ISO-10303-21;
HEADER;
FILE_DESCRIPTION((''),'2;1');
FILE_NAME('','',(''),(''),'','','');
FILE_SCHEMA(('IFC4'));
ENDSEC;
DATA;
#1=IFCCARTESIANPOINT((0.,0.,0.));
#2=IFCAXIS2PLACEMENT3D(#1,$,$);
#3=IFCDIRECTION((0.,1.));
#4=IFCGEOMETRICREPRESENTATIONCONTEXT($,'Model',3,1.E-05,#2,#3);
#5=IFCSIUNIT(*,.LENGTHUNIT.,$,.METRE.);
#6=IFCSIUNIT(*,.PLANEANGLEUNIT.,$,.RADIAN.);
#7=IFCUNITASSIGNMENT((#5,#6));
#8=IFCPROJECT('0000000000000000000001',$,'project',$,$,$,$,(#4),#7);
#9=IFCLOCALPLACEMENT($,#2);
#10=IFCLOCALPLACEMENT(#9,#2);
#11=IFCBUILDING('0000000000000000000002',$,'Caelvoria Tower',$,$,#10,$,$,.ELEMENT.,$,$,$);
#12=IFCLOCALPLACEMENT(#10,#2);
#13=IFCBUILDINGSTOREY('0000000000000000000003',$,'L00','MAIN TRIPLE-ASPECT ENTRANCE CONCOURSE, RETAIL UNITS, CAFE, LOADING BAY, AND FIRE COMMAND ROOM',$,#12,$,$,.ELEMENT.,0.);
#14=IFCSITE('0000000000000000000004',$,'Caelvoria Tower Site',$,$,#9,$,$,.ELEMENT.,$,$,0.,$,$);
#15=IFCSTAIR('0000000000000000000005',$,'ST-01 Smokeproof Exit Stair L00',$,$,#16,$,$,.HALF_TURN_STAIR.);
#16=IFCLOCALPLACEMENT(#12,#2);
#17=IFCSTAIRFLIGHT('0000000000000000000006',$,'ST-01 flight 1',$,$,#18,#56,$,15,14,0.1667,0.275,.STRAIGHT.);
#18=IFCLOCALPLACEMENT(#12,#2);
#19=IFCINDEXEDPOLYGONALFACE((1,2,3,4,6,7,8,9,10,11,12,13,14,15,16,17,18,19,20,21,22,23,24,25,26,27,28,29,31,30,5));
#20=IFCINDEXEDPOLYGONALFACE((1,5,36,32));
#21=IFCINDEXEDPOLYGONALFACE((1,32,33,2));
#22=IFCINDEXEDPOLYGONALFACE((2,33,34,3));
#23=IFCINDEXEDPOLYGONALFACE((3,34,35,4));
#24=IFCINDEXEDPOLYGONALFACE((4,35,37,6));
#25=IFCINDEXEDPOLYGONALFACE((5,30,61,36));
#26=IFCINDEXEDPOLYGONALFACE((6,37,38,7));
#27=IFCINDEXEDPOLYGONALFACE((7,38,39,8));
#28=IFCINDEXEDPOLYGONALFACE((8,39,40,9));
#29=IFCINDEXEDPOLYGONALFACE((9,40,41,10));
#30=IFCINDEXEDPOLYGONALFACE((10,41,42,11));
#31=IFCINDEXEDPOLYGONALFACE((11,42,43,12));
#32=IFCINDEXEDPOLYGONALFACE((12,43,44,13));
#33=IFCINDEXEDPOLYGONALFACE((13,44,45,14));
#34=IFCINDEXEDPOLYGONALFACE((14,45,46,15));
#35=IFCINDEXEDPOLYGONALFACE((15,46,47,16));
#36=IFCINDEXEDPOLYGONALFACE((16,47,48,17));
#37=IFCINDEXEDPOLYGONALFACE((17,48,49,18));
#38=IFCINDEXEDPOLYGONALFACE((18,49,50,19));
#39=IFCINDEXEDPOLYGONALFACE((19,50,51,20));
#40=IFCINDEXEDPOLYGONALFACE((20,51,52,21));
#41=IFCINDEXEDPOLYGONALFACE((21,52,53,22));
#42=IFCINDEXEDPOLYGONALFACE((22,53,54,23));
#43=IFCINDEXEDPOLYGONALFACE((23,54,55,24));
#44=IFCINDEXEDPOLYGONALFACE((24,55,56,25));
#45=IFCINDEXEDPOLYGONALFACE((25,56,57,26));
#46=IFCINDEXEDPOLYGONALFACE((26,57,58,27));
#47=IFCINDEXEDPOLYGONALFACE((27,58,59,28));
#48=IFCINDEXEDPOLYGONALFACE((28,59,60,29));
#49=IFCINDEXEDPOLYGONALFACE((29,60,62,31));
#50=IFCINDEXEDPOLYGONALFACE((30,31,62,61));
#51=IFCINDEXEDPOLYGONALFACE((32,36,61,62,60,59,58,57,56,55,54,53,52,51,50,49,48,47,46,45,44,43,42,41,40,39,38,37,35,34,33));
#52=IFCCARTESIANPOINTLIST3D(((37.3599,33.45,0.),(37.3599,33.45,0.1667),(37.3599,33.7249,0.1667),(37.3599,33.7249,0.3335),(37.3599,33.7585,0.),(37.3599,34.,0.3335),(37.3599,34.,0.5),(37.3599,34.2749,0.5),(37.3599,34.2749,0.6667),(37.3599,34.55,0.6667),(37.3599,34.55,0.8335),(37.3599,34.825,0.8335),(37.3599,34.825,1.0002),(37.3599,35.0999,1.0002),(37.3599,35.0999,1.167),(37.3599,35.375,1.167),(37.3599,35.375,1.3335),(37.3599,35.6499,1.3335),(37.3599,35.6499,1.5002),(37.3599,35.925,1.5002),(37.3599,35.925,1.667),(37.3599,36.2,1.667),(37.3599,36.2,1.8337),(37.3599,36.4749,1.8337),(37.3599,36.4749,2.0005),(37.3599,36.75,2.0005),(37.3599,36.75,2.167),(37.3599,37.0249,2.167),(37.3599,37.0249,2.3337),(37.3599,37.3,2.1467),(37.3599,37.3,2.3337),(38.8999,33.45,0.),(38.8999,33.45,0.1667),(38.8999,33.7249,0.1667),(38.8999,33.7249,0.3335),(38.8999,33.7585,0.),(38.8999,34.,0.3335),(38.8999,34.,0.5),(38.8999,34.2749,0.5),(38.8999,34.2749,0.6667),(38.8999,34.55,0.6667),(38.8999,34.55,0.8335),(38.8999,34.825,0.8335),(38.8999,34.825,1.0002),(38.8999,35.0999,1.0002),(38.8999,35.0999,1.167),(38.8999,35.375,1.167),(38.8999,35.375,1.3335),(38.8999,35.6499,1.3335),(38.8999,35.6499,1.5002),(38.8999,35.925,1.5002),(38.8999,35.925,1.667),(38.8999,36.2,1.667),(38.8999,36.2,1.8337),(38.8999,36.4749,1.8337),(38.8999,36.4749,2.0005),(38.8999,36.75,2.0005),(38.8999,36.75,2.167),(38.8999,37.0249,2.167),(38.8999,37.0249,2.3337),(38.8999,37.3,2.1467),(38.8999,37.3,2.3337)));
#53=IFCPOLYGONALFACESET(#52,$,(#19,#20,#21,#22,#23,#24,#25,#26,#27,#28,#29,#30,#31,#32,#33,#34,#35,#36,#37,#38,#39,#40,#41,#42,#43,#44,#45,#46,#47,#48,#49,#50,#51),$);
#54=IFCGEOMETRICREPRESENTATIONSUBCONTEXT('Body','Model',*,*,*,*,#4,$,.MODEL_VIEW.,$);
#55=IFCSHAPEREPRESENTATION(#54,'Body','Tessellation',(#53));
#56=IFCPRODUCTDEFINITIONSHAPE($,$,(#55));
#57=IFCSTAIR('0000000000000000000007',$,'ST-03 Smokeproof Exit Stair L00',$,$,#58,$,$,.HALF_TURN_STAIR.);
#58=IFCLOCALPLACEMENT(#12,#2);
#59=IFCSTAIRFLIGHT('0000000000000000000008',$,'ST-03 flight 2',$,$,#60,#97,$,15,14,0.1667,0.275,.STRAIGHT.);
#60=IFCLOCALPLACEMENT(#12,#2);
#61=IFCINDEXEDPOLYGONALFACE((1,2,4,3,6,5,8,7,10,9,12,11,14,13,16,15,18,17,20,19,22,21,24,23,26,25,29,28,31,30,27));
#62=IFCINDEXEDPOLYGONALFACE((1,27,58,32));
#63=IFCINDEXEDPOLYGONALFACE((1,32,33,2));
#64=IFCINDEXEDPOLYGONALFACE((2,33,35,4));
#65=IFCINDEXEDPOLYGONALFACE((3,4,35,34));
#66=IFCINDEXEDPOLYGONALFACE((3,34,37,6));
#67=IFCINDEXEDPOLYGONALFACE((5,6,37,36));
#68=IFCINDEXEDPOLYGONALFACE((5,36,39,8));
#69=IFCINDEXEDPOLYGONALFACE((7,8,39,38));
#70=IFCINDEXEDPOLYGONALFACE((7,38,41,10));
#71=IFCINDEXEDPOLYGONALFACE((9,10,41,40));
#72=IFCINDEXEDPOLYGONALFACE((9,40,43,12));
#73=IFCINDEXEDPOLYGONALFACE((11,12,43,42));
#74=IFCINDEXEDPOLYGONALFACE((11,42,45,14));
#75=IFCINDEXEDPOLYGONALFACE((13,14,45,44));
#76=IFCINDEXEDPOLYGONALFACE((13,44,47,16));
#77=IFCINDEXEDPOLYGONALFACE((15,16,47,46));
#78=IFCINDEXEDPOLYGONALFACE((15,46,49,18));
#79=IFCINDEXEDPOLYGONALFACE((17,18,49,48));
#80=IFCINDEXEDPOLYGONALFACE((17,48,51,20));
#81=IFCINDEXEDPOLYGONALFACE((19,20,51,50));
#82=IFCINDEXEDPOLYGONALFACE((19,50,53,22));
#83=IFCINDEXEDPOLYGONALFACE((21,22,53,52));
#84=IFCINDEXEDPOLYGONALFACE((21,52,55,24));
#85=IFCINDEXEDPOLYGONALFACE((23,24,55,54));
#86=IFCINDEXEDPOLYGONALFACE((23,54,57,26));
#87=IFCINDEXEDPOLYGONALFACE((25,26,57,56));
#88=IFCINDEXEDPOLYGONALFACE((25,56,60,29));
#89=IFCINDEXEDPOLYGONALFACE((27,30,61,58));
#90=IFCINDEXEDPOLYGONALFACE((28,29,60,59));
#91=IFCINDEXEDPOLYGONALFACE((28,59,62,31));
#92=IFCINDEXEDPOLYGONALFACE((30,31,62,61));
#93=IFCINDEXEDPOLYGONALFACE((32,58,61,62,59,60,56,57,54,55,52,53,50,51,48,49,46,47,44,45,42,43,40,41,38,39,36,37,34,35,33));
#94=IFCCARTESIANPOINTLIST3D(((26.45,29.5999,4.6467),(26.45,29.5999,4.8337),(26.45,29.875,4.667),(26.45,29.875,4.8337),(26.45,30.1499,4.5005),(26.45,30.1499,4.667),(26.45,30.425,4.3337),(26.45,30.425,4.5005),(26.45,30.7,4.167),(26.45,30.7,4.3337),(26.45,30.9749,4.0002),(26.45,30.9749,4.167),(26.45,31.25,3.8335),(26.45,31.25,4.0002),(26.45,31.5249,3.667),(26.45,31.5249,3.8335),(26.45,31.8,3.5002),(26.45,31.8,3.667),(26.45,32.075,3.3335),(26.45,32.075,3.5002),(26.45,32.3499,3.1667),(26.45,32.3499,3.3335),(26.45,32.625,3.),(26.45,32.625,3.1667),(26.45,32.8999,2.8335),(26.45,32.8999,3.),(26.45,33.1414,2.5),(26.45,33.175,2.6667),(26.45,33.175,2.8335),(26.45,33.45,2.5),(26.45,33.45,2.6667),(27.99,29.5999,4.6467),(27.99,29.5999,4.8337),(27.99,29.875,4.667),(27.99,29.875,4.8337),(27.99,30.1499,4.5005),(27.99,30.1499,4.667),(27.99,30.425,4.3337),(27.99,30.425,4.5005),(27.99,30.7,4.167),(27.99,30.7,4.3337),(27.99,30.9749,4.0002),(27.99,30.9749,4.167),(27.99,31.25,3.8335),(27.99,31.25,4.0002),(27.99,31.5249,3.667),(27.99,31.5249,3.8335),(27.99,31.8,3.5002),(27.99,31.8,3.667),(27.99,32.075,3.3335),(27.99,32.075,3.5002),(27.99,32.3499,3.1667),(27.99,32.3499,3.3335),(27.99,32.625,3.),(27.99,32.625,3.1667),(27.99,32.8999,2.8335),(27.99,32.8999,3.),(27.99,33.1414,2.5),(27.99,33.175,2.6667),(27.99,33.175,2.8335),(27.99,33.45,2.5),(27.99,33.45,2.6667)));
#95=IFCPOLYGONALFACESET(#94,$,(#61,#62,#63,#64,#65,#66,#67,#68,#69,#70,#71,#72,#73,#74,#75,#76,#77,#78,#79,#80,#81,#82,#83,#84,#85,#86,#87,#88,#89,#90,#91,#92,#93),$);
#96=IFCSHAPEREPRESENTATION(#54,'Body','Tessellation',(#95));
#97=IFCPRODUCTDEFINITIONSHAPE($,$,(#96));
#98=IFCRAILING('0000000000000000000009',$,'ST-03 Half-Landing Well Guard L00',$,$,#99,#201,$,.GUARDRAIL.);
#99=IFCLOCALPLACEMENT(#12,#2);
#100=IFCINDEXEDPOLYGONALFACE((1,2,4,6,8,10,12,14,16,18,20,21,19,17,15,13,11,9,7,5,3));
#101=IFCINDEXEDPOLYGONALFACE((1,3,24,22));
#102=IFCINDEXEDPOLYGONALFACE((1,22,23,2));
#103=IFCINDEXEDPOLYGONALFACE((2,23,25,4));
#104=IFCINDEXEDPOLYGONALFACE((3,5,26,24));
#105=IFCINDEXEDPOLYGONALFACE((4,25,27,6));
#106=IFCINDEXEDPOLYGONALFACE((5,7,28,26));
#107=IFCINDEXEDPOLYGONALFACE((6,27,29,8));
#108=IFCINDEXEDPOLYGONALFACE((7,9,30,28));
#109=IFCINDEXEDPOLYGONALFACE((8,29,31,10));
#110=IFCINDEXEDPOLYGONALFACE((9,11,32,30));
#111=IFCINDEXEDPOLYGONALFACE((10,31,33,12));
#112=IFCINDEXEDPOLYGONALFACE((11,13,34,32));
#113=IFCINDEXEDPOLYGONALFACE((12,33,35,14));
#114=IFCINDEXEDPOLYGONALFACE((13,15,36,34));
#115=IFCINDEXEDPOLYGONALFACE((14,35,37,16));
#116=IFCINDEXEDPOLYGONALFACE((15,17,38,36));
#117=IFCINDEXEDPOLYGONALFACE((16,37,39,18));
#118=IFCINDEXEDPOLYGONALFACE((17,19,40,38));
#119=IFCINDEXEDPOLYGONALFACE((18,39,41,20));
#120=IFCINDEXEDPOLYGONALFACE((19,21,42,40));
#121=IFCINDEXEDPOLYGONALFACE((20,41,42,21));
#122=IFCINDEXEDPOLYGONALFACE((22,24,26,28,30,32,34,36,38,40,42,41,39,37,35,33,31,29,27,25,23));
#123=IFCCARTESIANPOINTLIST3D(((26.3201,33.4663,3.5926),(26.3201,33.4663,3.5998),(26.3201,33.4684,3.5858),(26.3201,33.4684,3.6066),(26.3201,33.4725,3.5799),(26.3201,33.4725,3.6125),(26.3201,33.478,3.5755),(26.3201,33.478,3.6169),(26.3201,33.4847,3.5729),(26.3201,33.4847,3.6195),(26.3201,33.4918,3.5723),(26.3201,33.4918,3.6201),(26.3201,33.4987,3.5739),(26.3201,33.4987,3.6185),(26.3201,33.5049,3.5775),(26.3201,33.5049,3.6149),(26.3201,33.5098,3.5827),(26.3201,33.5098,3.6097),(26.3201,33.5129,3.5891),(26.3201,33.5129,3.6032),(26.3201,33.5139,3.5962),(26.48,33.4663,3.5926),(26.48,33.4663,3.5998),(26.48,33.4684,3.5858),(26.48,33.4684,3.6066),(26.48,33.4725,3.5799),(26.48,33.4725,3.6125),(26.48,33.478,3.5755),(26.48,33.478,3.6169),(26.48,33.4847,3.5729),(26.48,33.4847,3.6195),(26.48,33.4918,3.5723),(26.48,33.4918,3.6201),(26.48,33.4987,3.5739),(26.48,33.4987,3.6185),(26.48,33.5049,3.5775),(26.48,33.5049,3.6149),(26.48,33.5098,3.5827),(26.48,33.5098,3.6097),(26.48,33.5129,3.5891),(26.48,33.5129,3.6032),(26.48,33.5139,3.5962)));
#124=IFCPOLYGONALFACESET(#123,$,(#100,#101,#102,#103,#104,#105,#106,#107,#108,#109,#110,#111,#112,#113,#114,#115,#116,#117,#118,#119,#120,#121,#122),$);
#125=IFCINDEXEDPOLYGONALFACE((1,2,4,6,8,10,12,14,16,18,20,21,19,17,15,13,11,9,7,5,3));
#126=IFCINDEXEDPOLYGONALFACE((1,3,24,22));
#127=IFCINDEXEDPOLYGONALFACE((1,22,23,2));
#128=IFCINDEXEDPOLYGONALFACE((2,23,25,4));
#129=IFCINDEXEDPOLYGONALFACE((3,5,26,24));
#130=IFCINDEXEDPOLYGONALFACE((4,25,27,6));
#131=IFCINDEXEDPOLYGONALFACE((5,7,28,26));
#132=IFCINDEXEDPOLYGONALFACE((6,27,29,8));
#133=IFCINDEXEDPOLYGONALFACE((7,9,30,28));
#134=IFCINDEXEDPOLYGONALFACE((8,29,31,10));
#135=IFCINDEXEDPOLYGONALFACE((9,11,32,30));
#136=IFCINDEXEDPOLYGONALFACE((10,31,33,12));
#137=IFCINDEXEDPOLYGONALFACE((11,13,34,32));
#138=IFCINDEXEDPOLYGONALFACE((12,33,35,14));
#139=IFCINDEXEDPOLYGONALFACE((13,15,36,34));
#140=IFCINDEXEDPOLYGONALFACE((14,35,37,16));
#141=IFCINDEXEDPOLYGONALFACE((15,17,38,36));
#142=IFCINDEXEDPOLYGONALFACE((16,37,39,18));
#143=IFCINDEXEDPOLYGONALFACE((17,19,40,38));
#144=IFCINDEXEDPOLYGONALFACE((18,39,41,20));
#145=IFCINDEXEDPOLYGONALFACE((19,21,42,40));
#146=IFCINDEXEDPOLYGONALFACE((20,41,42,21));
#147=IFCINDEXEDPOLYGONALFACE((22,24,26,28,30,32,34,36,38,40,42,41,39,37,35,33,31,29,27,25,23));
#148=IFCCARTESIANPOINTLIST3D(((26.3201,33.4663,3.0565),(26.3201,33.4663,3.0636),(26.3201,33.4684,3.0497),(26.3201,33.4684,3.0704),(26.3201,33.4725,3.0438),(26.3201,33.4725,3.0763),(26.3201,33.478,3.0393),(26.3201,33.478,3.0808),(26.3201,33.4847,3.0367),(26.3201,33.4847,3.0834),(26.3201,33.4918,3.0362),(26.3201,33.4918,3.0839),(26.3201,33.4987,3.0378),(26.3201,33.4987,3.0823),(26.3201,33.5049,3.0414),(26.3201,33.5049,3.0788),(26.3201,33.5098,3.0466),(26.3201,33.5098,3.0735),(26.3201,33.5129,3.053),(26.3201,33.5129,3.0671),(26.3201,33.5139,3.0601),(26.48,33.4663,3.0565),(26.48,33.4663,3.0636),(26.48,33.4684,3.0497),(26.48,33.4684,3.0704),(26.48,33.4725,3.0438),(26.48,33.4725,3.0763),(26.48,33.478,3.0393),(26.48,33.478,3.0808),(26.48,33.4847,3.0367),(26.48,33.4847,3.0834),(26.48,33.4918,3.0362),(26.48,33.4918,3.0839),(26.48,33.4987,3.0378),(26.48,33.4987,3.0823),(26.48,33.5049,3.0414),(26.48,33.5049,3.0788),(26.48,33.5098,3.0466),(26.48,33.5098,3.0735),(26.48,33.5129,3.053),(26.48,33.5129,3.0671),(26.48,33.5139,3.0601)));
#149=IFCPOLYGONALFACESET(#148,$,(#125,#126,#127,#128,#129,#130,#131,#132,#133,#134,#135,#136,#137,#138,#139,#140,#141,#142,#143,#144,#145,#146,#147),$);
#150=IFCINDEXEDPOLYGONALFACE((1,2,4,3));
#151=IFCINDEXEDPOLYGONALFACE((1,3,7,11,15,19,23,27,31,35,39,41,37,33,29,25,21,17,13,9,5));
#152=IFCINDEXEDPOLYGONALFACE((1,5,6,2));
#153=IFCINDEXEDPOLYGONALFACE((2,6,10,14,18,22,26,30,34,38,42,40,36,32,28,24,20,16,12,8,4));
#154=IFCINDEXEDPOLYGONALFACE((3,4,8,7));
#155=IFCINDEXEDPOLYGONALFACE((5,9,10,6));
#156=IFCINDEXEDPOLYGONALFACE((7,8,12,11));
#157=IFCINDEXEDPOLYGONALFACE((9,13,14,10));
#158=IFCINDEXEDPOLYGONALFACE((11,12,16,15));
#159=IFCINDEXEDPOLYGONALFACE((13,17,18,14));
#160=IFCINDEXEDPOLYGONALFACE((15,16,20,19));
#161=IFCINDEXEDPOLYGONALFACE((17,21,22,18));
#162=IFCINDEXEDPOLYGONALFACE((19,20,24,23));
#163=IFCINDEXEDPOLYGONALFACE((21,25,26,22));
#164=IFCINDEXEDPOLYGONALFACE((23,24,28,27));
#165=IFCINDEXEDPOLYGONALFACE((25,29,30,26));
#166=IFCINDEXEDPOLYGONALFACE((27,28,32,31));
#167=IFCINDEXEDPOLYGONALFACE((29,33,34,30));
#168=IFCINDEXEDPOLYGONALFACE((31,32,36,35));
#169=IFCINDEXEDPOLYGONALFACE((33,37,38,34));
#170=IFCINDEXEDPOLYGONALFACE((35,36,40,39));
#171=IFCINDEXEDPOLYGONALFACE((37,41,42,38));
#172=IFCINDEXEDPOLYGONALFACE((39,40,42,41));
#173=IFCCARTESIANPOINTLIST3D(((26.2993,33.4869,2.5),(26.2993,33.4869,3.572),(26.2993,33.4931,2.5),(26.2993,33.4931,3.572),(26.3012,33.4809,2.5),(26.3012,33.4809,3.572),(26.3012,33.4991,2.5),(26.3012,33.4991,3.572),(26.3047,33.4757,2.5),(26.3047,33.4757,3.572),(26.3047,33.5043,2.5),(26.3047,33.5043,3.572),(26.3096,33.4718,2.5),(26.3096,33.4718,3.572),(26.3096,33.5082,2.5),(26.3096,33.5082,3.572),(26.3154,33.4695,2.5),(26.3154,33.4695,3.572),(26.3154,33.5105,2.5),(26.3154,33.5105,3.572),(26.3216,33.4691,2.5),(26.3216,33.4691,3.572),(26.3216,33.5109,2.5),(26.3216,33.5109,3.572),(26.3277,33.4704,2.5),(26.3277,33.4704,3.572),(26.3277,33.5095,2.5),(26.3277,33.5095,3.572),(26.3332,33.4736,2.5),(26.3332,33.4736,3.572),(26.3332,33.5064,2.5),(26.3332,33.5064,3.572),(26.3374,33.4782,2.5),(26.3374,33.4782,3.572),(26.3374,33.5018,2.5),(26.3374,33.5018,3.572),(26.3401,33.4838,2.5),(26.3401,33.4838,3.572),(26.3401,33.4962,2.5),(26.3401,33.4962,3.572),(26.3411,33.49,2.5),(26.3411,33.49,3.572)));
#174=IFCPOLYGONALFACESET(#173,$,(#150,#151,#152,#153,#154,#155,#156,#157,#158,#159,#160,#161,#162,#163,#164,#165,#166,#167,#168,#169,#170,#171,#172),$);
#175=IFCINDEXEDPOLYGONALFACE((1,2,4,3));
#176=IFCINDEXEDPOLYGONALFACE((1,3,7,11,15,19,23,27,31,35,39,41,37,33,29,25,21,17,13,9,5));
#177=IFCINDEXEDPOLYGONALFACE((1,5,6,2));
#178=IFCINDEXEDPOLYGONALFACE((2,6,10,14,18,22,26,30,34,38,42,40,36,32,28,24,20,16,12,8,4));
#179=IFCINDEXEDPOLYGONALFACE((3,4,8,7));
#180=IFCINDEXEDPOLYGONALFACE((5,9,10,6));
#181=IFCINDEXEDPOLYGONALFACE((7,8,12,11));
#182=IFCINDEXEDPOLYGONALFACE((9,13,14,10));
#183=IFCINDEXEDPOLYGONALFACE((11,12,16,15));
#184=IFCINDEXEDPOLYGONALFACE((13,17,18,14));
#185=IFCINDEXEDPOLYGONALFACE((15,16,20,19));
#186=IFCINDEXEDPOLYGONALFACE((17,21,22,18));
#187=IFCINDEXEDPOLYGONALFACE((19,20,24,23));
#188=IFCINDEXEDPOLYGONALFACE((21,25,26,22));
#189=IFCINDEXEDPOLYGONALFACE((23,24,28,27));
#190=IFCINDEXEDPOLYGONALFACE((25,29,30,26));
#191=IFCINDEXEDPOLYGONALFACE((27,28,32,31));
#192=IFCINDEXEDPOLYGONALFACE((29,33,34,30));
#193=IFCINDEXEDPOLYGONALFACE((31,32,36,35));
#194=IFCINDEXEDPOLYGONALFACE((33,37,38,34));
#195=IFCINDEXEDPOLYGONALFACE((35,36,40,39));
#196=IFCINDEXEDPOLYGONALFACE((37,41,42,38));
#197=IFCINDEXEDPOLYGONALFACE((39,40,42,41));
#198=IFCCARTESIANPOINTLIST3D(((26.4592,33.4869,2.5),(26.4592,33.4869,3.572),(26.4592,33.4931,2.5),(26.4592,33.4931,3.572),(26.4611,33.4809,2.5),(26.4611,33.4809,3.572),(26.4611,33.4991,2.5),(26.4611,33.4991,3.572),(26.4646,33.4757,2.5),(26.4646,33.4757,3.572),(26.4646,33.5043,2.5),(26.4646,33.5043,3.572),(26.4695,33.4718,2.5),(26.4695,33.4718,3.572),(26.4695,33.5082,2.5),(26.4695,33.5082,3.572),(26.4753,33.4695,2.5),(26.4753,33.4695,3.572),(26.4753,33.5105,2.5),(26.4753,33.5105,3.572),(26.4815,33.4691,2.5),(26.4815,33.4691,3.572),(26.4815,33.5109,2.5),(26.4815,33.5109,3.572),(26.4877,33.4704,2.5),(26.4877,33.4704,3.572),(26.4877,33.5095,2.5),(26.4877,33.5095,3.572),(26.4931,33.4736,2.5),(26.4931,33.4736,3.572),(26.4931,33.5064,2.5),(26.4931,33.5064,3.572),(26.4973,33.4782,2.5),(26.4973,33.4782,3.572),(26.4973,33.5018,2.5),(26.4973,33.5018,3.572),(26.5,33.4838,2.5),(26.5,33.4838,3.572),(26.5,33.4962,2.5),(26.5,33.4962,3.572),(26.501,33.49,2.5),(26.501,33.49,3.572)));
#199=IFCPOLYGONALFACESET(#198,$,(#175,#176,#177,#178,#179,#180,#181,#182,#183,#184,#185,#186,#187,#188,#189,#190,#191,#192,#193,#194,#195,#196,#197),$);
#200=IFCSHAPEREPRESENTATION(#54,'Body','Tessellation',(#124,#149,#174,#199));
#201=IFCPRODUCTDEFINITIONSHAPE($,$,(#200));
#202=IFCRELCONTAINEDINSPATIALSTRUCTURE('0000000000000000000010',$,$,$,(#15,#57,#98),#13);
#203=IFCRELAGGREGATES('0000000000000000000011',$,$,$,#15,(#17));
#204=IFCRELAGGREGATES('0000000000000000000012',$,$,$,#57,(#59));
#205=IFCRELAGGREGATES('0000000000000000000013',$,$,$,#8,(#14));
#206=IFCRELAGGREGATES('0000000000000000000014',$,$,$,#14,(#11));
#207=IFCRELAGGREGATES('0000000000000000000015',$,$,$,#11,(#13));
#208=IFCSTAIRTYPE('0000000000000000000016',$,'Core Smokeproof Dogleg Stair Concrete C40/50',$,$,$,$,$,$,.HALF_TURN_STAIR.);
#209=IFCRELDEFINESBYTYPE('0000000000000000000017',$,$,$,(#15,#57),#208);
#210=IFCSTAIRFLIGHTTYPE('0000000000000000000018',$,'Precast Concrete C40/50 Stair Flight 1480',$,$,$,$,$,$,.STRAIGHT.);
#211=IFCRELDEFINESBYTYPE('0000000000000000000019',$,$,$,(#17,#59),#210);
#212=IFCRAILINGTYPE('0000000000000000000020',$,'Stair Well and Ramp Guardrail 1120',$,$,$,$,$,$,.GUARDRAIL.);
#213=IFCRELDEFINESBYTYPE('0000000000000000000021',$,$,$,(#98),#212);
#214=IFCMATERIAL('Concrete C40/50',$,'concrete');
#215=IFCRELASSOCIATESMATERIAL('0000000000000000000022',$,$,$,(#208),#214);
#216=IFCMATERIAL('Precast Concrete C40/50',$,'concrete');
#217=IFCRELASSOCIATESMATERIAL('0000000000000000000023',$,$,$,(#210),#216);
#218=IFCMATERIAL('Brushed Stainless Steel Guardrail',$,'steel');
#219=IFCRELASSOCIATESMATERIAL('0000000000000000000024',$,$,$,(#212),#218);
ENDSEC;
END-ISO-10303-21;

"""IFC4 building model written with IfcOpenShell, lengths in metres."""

from ifc_helpers import new_model, si_unit, direction, frame, origin, origin_2d, place, context, subcontext, project, spatial, polyline, circle, outline, extrude, material, type_object, element, aggregate, save


model = new_model("IFC4")

# Units and contexts
model_context = context("Model", 3, precision=1e-05, world=origin(), true_north=direction((0.0, 1.0)))
body_context = subcontext(model_context, "Body", "Model", "MODEL_VIEW")
ifc_project = project(units=[si_unit("LENGTHUNIT", "METRE"), si_unit("PLANEANGLEUNIT", "RADIAN")], contexts=[model_context])

# Site, building, storey
site_placement = place(None, origin())
site = spatial("IfcSite", under=ifc_project, at=site_placement, Name="Caelvoria Tower Site", CompositionType="ELEMENT", RefElevation=0.0)
building_placement = place(site_placement, origin())
building = spatial("IfcBuilding", under=site, at=building_placement, Name="Caelvoria Tower", CompositionType="ELEMENT")
storey_placement = place(building_placement, origin())
storey = spatial("IfcBuildingStorey", under=building, at=storey_placement, Name="L00", Description="MAIN TRIPLE-ASPECT ENTRANCE CONCOURSE, RETAIL UNITS, CAFE, LOADING BAY, AND FIRE COMMAND ROOM", CompositionType="ELEMENT", Elevation=0.0)

# Stairs, stair flights
ifc_material_1 = material(Name="Concrete C40/50", Category="concrete")
stair_type = type_object("IfcStairType", Name="Core Smokeproof Dogleg Stair Concrete C40/50", PredefinedType="HALF_TURN_STAIR", material=ifc_material_1)
stair_1_placement = place(storey_placement, origin())
stair_1 = element("IfcStair", 1, at=stair_1_placement, inside=storey, type_object=stair_type, Name="ST-01 Smokeproof Exit Stair L00", PredefinedType="HALF_TURN_STAIR")
ifc_material_2 = material(Name="Precast Concrete C40/50", Category="concrete")
stair_flight_type = type_object("IfcStairFlightType", Name="Precast Concrete C40/50 Stair Flight 1480", PredefinedType="STRAIGHT", material=ifc_material_2)
stair_flight_1_placement = place(storey_placement, frame((38.1299, 33.45, 0.0), z_axis=(0.0, 0.0, 1.0), x_axis=(0.0, 1.0, 0.0)))
stair_flight_1 = element("IfcStairFlight", 2, at=stair_flight_1_placement, type_object=stair_flight_type, Name="ST-01 flight 1", NumberOfRisers=15, NumberOfTreads=14, PredefinedType="STRAIGHT", RiserHeight=0.1667, TreadLength=0.275, context=body_context, shape_type="SweptSolid", body=[
    extrude(outline(polyline([(0.0, 0.0), (0.0, 0.1667), (0.2749, 0.1667), (0.2749, 0.3335), (0.55, 0.3335), (0.55, 0.5), (0.825, 0.5), (0.825, 0.6667), (1.1001, 0.6667), (1.1001, 0.8335), (1.375, 0.8335), (1.375, 1.0002), (1.6499, 1.0002), (1.6499, 1.167), (1.925, 1.167), (1.925, 1.3335), (2.2, 1.3335), (2.2, 1.5002), (2.4751, 1.5002), (2.4751, 1.667), (2.75, 1.667), (2.75, 1.8337), (3.0249, 1.8337), (3.0249, 2.0005), (3.3, 2.0005), (3.3, 2.167), (3.575, 2.167), (3.575, 2.3337), (3.8501, 2.3337), (3.8501, 2.5005), (3.8501, 2.1467), (0.3086, 0.0), (0.0, 0.0)])), frame((0.0, 0.77, 0.0), z_axis=(0.0, -1.0, 0.0), x_axis=(1.0, 0.0, 0.0)), (0.0, 0.0, 1.0), 1.54),
])
aggregate(stair_1, [stair_flight_1])
stair_2_placement = place(storey_placement, origin())
stair_2 = element("IfcStair", 3, at=stair_2_placement, inside=storey, type_object=stair_type, Name="ST-03 Smokeproof Exit Stair L00", PredefinedType="HALF_TURN_STAIR")
stair_flight_2_placement = place(storey_placement, frame((27.22, 33.45, 2.5), z_axis=(0.0, 0.0, 1.0), x_axis=(0.0, -1.0, 0.0)))
stair_flight_2 = element("IfcStairFlight", 4, at=stair_flight_2_placement, type_object=stair_flight_type, Name="ST-03 flight 2", NumberOfRisers=15, NumberOfTreads=14, PredefinedType="STRAIGHT", RiserHeight=0.1667, TreadLength=0.275, context=body_context, shape_type="SweptSolid", body=[
    extrude(outline(polyline([(0.0, 0.0), (0.0, 0.1667), (0.2749, 0.1667), (0.2749, 0.3335), (0.55, 0.3335), (0.55, 0.5), (0.825, 0.5), (0.825, 0.6667), (1.1001, 0.6667), (1.1001, 0.8335), (1.375, 0.8335), (1.375, 1.0002), (1.6499, 1.0002), (1.6499, 1.167), (1.925, 1.167), (1.925, 1.3335), (2.2, 1.3335), (2.2, 1.5002), (2.4751, 1.5002), (2.4751, 1.667), (2.75, 1.667), (2.75, 1.8337), (3.0249, 1.8337), (3.0249, 2.0005), (3.3, 2.0005), (3.3, 2.167), (3.575, 2.167), (3.575, 2.3337), (3.8501, 2.3337), (3.8501, 2.5005), (3.8501, 2.1467), (0.3086, 0.0), (0.0, 0.0)])), frame((0.0, 0.77, 0.0), z_axis=(0.0, -1.0, 0.0), x_axis=(1.0, 0.0, 0.0)), (0.0, 0.0, 1.0), 1.54),
])
aggregate(stair_2, [stair_flight_2])

# Railing
ifc_material_3 = material(Name="Brushed Stainless Steel Guardrail", Category="steel")
railing_type_1 = type_object("IfcRailingType", Name="Stair Well and Ramp Guardrail 1120", PredefinedType="GUARDRAIL", material=ifc_material_3)
railing_1_placement = place(storey_placement, frame((26.3201, 33.49, 2.5)))
element("IfcRailing", 5, at=railing_1_placement, inside=storey, type_object=railing_type_1, Name="ST-03 Half-Landing Well Guard L00", PredefinedType="GUARDRAIL", context=body_context, shape_type="SweptSolid", body=[
    extrude(circle(Radius=0.0239, at=origin_2d()), frame((0.0, 0.0, 1.0962), z_axis=(1.0, 0.0, 0.0), x_axis=(0.0, 1.0, 0.0)), (0.0, 0.0, 1.0), 0.1599),
    extrude(circle(Radius=0.0239, at=origin_2d()), frame((0.0, 0.0, 0.5601), z_axis=(1.0, 0.0, 0.0), x_axis=(0.0, 1.0, 0.0)), (0.0, 0.0, 1.0), 0.1599),
    extrude(circle(Radius=0.021, at=origin_2d()), origin(), (0.0, 0.0, 1.0), 1.072),
    extrude(circle(Radius=0.021, at=origin_2d()), frame((0.1599, 0.0, 0.0)), (0.0, 0.0, 1.0), 1.072),
])

save(model, "model.ifc")
